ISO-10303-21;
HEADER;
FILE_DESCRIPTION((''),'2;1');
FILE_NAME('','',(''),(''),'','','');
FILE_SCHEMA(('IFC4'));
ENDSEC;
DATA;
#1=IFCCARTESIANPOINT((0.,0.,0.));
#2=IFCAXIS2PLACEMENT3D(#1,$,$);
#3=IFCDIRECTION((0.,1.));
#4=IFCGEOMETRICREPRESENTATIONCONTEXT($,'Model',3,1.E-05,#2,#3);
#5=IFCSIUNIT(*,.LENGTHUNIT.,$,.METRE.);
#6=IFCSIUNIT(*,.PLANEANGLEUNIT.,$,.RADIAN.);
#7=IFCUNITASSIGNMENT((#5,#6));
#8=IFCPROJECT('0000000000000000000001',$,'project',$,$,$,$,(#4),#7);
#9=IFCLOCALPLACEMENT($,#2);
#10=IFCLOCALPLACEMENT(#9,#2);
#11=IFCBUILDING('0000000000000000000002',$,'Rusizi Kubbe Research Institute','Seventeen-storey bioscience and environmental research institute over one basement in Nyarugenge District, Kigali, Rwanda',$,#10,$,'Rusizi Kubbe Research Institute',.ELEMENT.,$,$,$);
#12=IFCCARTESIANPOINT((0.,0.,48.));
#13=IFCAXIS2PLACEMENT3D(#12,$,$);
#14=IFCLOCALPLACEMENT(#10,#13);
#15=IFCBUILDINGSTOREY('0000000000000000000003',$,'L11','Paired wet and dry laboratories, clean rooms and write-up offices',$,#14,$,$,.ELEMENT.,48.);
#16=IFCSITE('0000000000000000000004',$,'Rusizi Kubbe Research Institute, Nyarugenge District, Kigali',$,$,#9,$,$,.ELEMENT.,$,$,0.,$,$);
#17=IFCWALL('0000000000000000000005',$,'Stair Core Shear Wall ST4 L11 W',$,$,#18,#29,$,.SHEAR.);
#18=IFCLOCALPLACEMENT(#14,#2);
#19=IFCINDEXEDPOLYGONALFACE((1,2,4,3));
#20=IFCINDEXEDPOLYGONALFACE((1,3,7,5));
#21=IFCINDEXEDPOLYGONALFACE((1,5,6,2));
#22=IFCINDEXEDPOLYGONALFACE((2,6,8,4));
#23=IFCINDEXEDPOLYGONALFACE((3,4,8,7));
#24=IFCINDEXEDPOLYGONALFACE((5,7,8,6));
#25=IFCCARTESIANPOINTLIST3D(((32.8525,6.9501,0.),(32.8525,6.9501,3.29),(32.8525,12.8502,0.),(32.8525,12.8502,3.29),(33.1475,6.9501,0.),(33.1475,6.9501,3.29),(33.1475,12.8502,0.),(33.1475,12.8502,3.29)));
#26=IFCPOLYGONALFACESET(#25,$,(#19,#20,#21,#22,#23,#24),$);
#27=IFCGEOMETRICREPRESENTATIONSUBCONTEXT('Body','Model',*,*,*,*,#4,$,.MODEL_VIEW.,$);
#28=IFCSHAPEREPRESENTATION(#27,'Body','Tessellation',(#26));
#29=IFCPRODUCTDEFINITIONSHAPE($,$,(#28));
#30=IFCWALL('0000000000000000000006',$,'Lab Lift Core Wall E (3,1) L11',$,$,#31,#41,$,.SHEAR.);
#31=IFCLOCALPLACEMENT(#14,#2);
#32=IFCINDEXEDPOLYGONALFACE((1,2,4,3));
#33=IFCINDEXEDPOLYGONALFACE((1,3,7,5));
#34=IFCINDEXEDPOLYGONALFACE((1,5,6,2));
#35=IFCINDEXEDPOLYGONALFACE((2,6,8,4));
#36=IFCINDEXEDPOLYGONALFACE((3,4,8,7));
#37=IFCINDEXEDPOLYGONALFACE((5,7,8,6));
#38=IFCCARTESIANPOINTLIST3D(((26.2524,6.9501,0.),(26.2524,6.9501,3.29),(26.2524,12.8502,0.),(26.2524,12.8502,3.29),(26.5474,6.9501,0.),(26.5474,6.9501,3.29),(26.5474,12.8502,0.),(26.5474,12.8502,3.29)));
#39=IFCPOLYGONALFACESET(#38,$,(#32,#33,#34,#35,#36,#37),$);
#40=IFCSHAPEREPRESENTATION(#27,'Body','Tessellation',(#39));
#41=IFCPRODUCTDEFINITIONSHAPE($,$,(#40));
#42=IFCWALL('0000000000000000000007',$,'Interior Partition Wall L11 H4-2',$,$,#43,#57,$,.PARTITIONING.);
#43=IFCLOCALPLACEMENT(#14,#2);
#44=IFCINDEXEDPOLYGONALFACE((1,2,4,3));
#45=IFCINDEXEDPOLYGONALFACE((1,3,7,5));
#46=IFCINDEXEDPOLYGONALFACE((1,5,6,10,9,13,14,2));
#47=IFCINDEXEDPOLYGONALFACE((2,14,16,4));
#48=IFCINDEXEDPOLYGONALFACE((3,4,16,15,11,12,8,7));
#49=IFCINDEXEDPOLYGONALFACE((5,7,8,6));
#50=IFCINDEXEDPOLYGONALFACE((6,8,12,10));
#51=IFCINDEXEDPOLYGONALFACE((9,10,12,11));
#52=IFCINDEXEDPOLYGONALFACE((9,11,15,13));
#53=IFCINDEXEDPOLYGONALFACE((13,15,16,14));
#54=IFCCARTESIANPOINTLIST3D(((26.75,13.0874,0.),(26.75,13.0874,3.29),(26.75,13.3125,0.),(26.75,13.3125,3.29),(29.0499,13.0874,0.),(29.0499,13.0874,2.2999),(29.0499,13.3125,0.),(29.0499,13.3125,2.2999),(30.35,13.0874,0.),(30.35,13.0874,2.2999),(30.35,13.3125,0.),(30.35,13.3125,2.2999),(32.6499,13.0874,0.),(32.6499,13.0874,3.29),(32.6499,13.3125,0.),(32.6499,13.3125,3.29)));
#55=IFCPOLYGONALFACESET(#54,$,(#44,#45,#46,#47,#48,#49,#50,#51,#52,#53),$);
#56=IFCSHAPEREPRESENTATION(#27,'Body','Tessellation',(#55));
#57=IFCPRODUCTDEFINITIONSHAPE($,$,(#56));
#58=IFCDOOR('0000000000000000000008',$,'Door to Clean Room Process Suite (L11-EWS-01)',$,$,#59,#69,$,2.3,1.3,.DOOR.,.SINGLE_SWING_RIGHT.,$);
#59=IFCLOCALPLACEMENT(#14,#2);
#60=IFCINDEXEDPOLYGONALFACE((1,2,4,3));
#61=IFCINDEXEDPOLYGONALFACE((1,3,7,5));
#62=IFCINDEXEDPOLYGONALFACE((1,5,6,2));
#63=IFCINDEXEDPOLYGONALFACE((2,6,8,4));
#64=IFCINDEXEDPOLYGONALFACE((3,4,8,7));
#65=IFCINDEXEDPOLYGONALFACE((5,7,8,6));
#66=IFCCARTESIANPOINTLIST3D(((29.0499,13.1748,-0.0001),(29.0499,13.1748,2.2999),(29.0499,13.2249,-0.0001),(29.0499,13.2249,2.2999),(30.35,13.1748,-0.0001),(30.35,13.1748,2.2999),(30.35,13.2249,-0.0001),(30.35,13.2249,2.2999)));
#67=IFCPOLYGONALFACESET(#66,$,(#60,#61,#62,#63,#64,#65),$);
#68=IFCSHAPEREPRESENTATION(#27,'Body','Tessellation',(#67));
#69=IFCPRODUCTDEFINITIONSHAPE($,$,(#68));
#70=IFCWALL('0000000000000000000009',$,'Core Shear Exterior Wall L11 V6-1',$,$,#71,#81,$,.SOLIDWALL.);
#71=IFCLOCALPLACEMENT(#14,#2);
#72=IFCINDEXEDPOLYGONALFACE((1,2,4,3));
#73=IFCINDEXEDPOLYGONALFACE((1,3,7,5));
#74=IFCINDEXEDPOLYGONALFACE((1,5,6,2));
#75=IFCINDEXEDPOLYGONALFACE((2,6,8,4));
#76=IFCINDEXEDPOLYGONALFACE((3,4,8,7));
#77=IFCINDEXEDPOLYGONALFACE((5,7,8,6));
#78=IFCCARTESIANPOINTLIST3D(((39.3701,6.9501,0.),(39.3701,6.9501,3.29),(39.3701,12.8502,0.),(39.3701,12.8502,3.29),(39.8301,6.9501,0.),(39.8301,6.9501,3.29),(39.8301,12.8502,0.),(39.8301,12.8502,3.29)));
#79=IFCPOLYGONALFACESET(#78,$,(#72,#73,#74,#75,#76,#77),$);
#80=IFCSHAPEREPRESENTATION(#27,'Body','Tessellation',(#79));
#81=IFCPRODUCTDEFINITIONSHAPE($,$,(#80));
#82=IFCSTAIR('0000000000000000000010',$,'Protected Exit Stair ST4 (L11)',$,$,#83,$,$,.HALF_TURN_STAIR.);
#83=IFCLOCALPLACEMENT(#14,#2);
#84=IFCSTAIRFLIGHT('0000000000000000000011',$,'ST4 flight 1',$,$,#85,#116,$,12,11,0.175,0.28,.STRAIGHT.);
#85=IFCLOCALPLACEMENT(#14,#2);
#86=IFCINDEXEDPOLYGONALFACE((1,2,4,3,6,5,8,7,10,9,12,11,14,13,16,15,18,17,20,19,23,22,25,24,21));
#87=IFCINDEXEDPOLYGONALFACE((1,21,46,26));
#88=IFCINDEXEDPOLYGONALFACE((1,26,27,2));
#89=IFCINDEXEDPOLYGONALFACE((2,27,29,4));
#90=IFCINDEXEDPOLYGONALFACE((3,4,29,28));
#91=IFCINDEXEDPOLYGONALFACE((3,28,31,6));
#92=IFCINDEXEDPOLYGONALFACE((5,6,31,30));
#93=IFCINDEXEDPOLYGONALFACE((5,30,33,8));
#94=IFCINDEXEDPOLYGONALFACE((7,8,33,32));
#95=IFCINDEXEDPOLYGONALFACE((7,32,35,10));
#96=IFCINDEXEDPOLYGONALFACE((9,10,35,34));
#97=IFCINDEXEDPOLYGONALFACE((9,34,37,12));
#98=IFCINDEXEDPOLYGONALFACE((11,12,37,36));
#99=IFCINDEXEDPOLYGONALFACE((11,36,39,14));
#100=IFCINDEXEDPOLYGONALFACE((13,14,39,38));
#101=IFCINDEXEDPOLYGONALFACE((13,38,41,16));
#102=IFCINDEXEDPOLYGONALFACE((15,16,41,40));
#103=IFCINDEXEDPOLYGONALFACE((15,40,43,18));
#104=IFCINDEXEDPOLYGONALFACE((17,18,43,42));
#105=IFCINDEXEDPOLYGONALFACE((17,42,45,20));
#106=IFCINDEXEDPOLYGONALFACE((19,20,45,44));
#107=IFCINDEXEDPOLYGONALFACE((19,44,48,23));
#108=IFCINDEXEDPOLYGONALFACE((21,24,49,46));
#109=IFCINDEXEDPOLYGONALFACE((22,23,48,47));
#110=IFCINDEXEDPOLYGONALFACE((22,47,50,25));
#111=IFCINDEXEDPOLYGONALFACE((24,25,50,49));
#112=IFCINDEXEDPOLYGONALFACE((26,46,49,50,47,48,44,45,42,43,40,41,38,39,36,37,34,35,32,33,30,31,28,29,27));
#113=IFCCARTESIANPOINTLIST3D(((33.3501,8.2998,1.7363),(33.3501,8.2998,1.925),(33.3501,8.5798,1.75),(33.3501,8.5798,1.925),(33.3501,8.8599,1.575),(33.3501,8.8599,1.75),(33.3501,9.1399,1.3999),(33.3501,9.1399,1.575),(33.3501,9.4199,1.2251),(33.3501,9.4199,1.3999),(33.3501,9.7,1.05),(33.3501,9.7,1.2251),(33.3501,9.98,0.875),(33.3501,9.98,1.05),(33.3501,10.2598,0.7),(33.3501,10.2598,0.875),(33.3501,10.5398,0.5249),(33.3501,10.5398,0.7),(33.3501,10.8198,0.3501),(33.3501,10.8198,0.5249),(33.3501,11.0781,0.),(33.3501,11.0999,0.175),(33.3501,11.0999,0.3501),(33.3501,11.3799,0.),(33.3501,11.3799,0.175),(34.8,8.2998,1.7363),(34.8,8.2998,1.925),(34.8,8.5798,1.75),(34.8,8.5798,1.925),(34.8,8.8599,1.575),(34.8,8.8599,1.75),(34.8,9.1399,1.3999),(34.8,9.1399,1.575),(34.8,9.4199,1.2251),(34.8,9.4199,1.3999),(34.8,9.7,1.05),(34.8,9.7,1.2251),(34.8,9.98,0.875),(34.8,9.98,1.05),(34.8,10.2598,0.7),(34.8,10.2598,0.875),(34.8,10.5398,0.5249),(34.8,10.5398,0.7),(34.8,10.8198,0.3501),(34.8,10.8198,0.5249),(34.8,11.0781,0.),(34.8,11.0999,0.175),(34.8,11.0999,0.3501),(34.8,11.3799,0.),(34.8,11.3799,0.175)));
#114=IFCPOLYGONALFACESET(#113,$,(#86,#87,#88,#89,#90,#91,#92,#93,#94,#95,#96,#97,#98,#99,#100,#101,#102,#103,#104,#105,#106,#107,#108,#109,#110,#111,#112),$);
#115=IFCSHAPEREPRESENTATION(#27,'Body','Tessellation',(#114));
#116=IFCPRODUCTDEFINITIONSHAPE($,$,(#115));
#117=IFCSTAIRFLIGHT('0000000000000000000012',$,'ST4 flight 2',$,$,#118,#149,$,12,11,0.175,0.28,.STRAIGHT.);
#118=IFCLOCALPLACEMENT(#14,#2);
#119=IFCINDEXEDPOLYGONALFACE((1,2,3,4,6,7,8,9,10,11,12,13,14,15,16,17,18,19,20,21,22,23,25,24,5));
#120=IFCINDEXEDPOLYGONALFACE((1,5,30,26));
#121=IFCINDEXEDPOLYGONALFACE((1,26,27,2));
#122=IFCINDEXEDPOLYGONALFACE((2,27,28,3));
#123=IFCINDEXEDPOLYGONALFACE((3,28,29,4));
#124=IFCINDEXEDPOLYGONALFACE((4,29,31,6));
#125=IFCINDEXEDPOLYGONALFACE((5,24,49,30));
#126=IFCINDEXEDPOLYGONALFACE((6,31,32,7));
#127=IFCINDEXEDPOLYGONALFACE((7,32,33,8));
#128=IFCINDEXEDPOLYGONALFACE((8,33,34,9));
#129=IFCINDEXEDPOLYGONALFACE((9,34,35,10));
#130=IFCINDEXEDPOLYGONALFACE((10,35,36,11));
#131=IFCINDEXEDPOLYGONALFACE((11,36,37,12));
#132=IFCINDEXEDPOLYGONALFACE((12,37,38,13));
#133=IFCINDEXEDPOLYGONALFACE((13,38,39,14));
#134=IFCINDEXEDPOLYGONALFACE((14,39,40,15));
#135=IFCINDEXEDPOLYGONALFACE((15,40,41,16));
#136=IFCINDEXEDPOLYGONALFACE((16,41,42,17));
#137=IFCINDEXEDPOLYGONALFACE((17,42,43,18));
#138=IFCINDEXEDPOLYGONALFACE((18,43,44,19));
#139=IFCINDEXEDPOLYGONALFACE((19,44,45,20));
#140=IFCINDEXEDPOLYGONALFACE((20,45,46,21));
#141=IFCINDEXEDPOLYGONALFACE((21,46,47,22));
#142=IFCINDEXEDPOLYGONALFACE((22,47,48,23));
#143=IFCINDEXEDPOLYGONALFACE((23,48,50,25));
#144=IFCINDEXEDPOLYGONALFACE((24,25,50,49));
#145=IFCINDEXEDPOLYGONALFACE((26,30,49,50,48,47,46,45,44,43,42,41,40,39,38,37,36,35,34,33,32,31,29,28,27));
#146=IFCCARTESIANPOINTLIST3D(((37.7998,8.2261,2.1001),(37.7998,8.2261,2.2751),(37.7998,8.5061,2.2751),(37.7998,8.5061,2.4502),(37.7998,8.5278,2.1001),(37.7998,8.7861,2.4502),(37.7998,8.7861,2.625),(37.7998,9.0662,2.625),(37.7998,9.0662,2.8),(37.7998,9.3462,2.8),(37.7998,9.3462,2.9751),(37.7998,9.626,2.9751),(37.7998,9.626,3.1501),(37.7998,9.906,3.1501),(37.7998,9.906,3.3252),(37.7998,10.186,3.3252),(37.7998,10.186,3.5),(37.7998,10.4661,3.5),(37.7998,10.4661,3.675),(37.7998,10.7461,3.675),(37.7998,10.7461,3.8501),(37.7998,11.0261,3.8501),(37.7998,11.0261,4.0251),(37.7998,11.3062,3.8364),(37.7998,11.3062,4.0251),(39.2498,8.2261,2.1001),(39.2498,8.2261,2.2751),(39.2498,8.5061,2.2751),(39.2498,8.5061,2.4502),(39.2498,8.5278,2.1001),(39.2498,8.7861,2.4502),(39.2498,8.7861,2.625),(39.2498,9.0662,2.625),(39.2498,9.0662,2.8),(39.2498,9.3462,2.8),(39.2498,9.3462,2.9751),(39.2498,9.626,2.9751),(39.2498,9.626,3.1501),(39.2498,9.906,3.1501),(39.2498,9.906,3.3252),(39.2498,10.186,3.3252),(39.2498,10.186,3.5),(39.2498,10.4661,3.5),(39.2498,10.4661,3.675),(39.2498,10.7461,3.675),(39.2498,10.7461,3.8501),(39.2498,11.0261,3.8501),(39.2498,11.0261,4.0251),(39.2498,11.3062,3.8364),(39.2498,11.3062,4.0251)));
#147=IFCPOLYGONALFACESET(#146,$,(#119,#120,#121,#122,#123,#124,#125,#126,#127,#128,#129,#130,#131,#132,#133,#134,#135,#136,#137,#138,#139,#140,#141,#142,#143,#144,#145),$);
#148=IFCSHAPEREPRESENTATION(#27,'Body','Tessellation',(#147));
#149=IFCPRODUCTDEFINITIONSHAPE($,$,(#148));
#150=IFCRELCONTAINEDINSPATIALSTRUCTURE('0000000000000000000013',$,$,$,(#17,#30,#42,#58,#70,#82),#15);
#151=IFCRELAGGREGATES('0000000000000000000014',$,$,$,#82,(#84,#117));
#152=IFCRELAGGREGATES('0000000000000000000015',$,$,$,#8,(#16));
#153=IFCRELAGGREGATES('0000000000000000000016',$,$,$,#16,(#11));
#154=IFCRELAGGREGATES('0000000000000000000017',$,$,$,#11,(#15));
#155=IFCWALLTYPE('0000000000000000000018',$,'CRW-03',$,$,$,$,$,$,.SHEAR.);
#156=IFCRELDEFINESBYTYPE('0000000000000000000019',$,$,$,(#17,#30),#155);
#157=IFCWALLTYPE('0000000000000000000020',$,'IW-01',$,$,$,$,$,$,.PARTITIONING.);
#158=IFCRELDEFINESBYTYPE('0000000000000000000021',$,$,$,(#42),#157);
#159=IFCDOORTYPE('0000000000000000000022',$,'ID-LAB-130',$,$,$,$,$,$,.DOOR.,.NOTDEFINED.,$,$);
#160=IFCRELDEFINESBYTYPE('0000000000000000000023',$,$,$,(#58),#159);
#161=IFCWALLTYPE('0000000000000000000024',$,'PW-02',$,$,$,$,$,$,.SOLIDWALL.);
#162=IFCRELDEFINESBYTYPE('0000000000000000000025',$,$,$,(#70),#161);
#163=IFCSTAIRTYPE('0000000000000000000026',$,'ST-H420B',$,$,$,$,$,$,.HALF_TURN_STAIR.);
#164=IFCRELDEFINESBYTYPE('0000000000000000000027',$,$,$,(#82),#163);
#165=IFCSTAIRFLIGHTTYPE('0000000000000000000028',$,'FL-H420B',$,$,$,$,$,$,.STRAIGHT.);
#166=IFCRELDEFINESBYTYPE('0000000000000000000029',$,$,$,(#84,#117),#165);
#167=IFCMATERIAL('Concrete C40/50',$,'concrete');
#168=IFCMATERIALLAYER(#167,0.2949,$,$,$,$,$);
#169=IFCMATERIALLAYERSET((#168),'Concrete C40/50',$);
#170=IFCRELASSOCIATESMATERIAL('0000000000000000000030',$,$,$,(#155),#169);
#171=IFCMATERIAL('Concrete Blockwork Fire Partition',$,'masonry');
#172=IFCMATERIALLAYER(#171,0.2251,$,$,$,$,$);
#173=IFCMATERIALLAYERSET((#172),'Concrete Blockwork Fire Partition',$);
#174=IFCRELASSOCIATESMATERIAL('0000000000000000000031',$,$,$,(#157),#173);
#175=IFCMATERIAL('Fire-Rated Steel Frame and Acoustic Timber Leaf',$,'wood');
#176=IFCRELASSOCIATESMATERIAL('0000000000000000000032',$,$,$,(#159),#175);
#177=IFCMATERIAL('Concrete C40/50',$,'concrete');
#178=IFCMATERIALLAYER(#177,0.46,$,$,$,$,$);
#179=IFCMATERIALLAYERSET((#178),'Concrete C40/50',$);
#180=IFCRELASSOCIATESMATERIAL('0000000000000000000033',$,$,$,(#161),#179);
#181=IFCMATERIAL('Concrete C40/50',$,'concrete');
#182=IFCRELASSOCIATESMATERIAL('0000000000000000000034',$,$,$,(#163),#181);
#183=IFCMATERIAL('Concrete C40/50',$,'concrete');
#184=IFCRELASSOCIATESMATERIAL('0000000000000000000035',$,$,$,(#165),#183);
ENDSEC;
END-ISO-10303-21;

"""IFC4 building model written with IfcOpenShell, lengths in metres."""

from ifc_helpers import new_model, si_unit, direction, frame, frame_2d, origin, place, context, subcontext, project, spatial, polyline, rectangle, outline, extrude, material, layer, layer_set, type_object, element, fill, aggregate, save


model = new_model("IFC4")

# Units and contexts
model_context = context("Model", 3, precision=1e-05, world=origin(), true_north=direction((0.0, 1.0)))
body_context = subcontext(model_context, "Body", "Model", "MODEL_VIEW")
ifc_project = project(units=[si_unit("LENGTHUNIT", "METRE"), si_unit("PLANEANGLEUNIT", "RADIAN")], contexts=[model_context])

# Site, building, storey
site_placement = place(None, origin())
site = spatial("IfcSite", under=ifc_project, at=site_placement, Name="Rusizi Kubbe Research Institute, Nyarugenge District, Kigali", CompositionType="ELEMENT", RefElevation=0.0)
building_placement = place(site_placement, origin())
building = spatial("IfcBuilding", under=site, at=building_placement, Name="Rusizi Kubbe Research Institute", Description="Seventeen-storey bioscience and environmental research institute over one basement in Nyarugenge District, Kigali, Rwanda", LongName="Rusizi Kubbe Research Institute", CompositionType="ELEMENT")
storey_placement = place(building_placement, frame((0.0, 0.0, 48.0)))
storey = spatial("IfcBuildingStorey", under=building, at=storey_placement, Name="L11", Description="Paired wet and dry laboratories, clean rooms and write-up offices", CompositionType="ELEMENT", Elevation=48.0)

# Shared definitions
ifc_material_1 = material(Name="Concrete C40/50", Category="concrete")
ifc_layer_1 = layer(ifc_material_1, 0.2949)
ifc_layer_set_1 = layer_set([ifc_layer_1], Name="Concrete C40/50")
wall_type_1 = type_object("IfcWallType", Name="CRW-03", PredefinedType="SHEAR", material=ifc_layer_set_1)

# Walls
for number, where, z_axis, x_axis, name in (
    (1, (33.0, 6.95, 0.0), (0.0, 0.0, 1.0), (0.0, 1.0, 0.0), "Stair Core Shear Wall ST4 L11 W"),
    (2, (26.3999, 6.95, 0.0), (0.0, 0.0, 1.0), (0.0, 1.0, 0.0), "Lab Lift Core Wall E (3,1) L11"),
):
    element("IfcWall", number, at=place(storey_placement, frame(where, z_axis=z_axis, x_axis=x_axis)), inside=storey, type_object=wall_type_1, Name=name, PredefinedType="SHEAR", context=body_context, shape_type="SweptSolid", body=[
        extrude(rectangle(XDim=5.9001, YDim=0.2949, at=frame_2d((2.9502, 0.0))), origin(), (0.0, 0.0, 1.0), 3.29),
    ])

# Wall, opening, door
ifc_material_2 = material(Name="Concrete Blockwork Fire Partition", Category="masonry")
ifc_layer_2 = layer(ifc_material_2, 0.2251)
ifc_layer_set_2 = layer_set([ifc_layer_2], Name="Concrete Blockwork Fire Partition")
wall_type_2 = type_object("IfcWallType", Name="IW-01", PredefinedType="PARTITIONING", material=ifc_layer_set_2)
wall_1_placement = place(storey_placement, frame((26.75, 13.2, 0.0), z_axis=(0.0, 0.0, 1.0), x_axis=(1.0, 0.0, 0.0)))
wall_1 = element("IfcWall", 3, at=wall_1_placement, inside=storey, type_object=wall_type_2, Name="Interior Partition Wall L11 H4-2", PredefinedType="PARTITIONING", context=body_context, shape_type="SweptSolid", body=[
    extrude(rectangle(XDim=5.8999, YDim=0.2251, at=frame_2d((2.95, 0.0))), origin(), (0.0, 0.0, 1.0), 3.29),
])
opening_1_placement = place(wall_1_placement, frame((2.3, 0.0, 0.0)))
opening_1 = element("IfcOpeningElement", 4, at=opening_1_placement, cuts=wall_1, PredefinedType="OPENING", context=body_context, shape_type="SweptSolid", body=[
    extrude(rectangle(XDim=1.3, YDim=2.3, at=frame_2d((0.6499, 1.1499))), frame((0.0, 0.1226, 0.0), z_axis=(0.0, -1.0, 0.0), x_axis=(1.0, 0.0, 0.0)), (0.0, 0.0, 1.0), 0.2451),
])
ifc_material_3 = material(Name="Fire-Rated Steel Frame and Acoustic Timber Leaf", Category="wood")
door_type_1 = type_object("IfcDoorType", Name="ID-LAB-130", OperationType="NOTDEFINED", PredefinedType="DOOR", material=ifc_material_3)
door_1_placement = place(opening_1_placement, origin())
door_1 = element("IfcDoor", 5, at=door_1_placement, inside=storey, type_object=door_type_1, Name="Door to Clean Room Process Suite (L11-EWS-01)", OperationType="SINGLE_SWING_RIGHT", OverallHeight=2.3, OverallWidth=1.3, PredefinedType="DOOR", context=body_context, shape_type="SweptSolid", body=[
    extrude(rectangle(XDim=1.3, YDim=2.3, at=frame_2d((0.6499, 1.1499))), frame((0.0, 0.0249, 0.0), z_axis=(0.0, -1.0, 0.0), x_axis=(1.0, 0.0, 0.0)), (0.0, 0.0, 1.0), 0.05),
])
fill(opening_1, door_1)

# Wall
ifc_material_4 = material(Name="Concrete C40/50", Category="concrete")
ifc_layer_3 = layer(ifc_material_4, 0.46)
ifc_layer_set_3 = layer_set([ifc_layer_3], Name="Concrete C40/50")
wall_type_3 = type_object("IfcWallType", Name="PW-02", PredefinedType="SOLIDWALL", material=ifc_layer_set_3)
wall_2_placement = place(storey_placement, frame((39.6001, 6.95, 0.0), z_axis=(0.0, 0.0, 1.0), x_axis=(0.0, 1.0, 0.0)))
element("IfcWall", 6, at=wall_2_placement, inside=storey, type_object=wall_type_3, Name="Core Shear Exterior Wall L11 V6-1", PredefinedType="SOLIDWALL", context=body_context, shape_type="SweptSolid", body=[
    extrude(rectangle(XDim=5.9001, YDim=0.46, at=frame_2d((2.9502, 0.0))), origin(), (0.0, 0.0, 1.0), 3.29),
])

# Stair, stair flights
ifc_material_5 = material(Name="Concrete C40/50", Category="concrete")
stair_type = type_object("IfcStairType", Name="ST-H420B", PredefinedType="HALF_TURN_STAIR", material=ifc_material_5)
stair_placement = place(storey_placement, origin())
stair = element("IfcStair", 7, at=stair_placement, inside=storey, type_object=stair_type, Name="Protected Exit Stair ST4 (L11)", PredefinedType="HALF_TURN_STAIR")
ifc_material_6 = material(Name="Concrete C40/50", Category="concrete")
stair_flight_type = type_object("IfcStairFlightType", Name="FL-H420B", PredefinedType="STRAIGHT", material=ifc_material_6)
stair_flight_1_placement = place(storey_placement, frame((34.075, 11.3799, 0.0), z_axis=(0.0, 0.0, 1.0), x_axis=(0.0, -1.0, 0.0)))
stair_flight_1 = element("IfcStairFlight", 8, at=stair_flight_1_placement, type_object=stair_flight_type, Name="ST4 flight 1", NumberOfRisers=12, NumberOfTreads=11, PredefinedType="STRAIGHT", RiserHeight=0.175, TreadLength=0.28, context=body_context, shape_type="SweptSolid", body=[
    extrude(outline(polyline([(0.0, 0.0), (0.0, 0.175), (0.28, 0.175), (0.28, 0.3501), (0.5601, 0.3501), (0.5601, 0.5249), (0.8401, 0.5249), (0.8401, 0.7), (1.1201, 0.7), (1.1201, 0.875), (1.3999, 0.875), (1.3999, 1.05), (1.6799, 1.05), (1.6799, 1.2251), (1.96, 1.2251), (1.96, 1.3999), (2.24, 1.3999), (2.24, 1.575), (2.52, 1.575), (2.52, 1.75), (2.8, 1.75), (2.8, 1.925), (3.0801, 1.925), (3.0801, 2.1001), (3.0801, 1.7363), (0.3018, 0.0), (0.0, 0.0)])), frame((0.0, 0.7251, 0.0), z_axis=(0.0, -1.0, 0.0), x_axis=(1.0, 0.0, 0.0)), (0.0, 0.0, 1.0), 1.45),
])
stair_flight_2_placement = place(storey_placement, frame((38.5249, 8.2261, 2.1001), z_axis=(0.0, 0.0, 1.0), x_axis=(0.0, 1.0, 0.0)))
stair_flight_2 = element("IfcStairFlight", 9, at=stair_flight_2_placement, type_object=stair_flight_type, Name="ST4 flight 2", NumberOfRisers=12, NumberOfTreads=11, PredefinedType="STRAIGHT", RiserHeight=0.175, TreadLength=0.28, context=body_context, shape_type="SweptSolid", body=[
    extrude(outline(polyline([(0.0, 0.0), (0.0, 0.175), (0.28, 0.175), (0.28, 0.3501), (0.5601, 0.3501), (0.5601, 0.5249), (0.8401, 0.5249), (0.8401, 0.7), (1.1201, 0.7), (1.1201, 0.875), (1.3999, 0.875), (1.3999, 1.05), (1.6799, 1.05), (1.6799, 1.2251), (1.96, 1.2251), (1.96, 1.3999), (2.24, 1.3999), (2.24, 1.575), (2.52, 1.575), (2.52, 1.75), (2.8, 1.75), (2.8, 1.925), (3.0801, 1.925), (3.0801, 2.1001), (3.0801, 1.7363), (0.3018, 0.0), (0.0, 0.0)])), frame((0.0, 0.7251, 0.0), z_axis=(0.0, -1.0, 0.0), x_axis=(1.0, 0.0, 0.0)), (0.0, 0.0, 1.0), 1.45),
])
aggregate(stair, [stair_flight_1, stair_flight_2])

save(model, "model.ifc")
